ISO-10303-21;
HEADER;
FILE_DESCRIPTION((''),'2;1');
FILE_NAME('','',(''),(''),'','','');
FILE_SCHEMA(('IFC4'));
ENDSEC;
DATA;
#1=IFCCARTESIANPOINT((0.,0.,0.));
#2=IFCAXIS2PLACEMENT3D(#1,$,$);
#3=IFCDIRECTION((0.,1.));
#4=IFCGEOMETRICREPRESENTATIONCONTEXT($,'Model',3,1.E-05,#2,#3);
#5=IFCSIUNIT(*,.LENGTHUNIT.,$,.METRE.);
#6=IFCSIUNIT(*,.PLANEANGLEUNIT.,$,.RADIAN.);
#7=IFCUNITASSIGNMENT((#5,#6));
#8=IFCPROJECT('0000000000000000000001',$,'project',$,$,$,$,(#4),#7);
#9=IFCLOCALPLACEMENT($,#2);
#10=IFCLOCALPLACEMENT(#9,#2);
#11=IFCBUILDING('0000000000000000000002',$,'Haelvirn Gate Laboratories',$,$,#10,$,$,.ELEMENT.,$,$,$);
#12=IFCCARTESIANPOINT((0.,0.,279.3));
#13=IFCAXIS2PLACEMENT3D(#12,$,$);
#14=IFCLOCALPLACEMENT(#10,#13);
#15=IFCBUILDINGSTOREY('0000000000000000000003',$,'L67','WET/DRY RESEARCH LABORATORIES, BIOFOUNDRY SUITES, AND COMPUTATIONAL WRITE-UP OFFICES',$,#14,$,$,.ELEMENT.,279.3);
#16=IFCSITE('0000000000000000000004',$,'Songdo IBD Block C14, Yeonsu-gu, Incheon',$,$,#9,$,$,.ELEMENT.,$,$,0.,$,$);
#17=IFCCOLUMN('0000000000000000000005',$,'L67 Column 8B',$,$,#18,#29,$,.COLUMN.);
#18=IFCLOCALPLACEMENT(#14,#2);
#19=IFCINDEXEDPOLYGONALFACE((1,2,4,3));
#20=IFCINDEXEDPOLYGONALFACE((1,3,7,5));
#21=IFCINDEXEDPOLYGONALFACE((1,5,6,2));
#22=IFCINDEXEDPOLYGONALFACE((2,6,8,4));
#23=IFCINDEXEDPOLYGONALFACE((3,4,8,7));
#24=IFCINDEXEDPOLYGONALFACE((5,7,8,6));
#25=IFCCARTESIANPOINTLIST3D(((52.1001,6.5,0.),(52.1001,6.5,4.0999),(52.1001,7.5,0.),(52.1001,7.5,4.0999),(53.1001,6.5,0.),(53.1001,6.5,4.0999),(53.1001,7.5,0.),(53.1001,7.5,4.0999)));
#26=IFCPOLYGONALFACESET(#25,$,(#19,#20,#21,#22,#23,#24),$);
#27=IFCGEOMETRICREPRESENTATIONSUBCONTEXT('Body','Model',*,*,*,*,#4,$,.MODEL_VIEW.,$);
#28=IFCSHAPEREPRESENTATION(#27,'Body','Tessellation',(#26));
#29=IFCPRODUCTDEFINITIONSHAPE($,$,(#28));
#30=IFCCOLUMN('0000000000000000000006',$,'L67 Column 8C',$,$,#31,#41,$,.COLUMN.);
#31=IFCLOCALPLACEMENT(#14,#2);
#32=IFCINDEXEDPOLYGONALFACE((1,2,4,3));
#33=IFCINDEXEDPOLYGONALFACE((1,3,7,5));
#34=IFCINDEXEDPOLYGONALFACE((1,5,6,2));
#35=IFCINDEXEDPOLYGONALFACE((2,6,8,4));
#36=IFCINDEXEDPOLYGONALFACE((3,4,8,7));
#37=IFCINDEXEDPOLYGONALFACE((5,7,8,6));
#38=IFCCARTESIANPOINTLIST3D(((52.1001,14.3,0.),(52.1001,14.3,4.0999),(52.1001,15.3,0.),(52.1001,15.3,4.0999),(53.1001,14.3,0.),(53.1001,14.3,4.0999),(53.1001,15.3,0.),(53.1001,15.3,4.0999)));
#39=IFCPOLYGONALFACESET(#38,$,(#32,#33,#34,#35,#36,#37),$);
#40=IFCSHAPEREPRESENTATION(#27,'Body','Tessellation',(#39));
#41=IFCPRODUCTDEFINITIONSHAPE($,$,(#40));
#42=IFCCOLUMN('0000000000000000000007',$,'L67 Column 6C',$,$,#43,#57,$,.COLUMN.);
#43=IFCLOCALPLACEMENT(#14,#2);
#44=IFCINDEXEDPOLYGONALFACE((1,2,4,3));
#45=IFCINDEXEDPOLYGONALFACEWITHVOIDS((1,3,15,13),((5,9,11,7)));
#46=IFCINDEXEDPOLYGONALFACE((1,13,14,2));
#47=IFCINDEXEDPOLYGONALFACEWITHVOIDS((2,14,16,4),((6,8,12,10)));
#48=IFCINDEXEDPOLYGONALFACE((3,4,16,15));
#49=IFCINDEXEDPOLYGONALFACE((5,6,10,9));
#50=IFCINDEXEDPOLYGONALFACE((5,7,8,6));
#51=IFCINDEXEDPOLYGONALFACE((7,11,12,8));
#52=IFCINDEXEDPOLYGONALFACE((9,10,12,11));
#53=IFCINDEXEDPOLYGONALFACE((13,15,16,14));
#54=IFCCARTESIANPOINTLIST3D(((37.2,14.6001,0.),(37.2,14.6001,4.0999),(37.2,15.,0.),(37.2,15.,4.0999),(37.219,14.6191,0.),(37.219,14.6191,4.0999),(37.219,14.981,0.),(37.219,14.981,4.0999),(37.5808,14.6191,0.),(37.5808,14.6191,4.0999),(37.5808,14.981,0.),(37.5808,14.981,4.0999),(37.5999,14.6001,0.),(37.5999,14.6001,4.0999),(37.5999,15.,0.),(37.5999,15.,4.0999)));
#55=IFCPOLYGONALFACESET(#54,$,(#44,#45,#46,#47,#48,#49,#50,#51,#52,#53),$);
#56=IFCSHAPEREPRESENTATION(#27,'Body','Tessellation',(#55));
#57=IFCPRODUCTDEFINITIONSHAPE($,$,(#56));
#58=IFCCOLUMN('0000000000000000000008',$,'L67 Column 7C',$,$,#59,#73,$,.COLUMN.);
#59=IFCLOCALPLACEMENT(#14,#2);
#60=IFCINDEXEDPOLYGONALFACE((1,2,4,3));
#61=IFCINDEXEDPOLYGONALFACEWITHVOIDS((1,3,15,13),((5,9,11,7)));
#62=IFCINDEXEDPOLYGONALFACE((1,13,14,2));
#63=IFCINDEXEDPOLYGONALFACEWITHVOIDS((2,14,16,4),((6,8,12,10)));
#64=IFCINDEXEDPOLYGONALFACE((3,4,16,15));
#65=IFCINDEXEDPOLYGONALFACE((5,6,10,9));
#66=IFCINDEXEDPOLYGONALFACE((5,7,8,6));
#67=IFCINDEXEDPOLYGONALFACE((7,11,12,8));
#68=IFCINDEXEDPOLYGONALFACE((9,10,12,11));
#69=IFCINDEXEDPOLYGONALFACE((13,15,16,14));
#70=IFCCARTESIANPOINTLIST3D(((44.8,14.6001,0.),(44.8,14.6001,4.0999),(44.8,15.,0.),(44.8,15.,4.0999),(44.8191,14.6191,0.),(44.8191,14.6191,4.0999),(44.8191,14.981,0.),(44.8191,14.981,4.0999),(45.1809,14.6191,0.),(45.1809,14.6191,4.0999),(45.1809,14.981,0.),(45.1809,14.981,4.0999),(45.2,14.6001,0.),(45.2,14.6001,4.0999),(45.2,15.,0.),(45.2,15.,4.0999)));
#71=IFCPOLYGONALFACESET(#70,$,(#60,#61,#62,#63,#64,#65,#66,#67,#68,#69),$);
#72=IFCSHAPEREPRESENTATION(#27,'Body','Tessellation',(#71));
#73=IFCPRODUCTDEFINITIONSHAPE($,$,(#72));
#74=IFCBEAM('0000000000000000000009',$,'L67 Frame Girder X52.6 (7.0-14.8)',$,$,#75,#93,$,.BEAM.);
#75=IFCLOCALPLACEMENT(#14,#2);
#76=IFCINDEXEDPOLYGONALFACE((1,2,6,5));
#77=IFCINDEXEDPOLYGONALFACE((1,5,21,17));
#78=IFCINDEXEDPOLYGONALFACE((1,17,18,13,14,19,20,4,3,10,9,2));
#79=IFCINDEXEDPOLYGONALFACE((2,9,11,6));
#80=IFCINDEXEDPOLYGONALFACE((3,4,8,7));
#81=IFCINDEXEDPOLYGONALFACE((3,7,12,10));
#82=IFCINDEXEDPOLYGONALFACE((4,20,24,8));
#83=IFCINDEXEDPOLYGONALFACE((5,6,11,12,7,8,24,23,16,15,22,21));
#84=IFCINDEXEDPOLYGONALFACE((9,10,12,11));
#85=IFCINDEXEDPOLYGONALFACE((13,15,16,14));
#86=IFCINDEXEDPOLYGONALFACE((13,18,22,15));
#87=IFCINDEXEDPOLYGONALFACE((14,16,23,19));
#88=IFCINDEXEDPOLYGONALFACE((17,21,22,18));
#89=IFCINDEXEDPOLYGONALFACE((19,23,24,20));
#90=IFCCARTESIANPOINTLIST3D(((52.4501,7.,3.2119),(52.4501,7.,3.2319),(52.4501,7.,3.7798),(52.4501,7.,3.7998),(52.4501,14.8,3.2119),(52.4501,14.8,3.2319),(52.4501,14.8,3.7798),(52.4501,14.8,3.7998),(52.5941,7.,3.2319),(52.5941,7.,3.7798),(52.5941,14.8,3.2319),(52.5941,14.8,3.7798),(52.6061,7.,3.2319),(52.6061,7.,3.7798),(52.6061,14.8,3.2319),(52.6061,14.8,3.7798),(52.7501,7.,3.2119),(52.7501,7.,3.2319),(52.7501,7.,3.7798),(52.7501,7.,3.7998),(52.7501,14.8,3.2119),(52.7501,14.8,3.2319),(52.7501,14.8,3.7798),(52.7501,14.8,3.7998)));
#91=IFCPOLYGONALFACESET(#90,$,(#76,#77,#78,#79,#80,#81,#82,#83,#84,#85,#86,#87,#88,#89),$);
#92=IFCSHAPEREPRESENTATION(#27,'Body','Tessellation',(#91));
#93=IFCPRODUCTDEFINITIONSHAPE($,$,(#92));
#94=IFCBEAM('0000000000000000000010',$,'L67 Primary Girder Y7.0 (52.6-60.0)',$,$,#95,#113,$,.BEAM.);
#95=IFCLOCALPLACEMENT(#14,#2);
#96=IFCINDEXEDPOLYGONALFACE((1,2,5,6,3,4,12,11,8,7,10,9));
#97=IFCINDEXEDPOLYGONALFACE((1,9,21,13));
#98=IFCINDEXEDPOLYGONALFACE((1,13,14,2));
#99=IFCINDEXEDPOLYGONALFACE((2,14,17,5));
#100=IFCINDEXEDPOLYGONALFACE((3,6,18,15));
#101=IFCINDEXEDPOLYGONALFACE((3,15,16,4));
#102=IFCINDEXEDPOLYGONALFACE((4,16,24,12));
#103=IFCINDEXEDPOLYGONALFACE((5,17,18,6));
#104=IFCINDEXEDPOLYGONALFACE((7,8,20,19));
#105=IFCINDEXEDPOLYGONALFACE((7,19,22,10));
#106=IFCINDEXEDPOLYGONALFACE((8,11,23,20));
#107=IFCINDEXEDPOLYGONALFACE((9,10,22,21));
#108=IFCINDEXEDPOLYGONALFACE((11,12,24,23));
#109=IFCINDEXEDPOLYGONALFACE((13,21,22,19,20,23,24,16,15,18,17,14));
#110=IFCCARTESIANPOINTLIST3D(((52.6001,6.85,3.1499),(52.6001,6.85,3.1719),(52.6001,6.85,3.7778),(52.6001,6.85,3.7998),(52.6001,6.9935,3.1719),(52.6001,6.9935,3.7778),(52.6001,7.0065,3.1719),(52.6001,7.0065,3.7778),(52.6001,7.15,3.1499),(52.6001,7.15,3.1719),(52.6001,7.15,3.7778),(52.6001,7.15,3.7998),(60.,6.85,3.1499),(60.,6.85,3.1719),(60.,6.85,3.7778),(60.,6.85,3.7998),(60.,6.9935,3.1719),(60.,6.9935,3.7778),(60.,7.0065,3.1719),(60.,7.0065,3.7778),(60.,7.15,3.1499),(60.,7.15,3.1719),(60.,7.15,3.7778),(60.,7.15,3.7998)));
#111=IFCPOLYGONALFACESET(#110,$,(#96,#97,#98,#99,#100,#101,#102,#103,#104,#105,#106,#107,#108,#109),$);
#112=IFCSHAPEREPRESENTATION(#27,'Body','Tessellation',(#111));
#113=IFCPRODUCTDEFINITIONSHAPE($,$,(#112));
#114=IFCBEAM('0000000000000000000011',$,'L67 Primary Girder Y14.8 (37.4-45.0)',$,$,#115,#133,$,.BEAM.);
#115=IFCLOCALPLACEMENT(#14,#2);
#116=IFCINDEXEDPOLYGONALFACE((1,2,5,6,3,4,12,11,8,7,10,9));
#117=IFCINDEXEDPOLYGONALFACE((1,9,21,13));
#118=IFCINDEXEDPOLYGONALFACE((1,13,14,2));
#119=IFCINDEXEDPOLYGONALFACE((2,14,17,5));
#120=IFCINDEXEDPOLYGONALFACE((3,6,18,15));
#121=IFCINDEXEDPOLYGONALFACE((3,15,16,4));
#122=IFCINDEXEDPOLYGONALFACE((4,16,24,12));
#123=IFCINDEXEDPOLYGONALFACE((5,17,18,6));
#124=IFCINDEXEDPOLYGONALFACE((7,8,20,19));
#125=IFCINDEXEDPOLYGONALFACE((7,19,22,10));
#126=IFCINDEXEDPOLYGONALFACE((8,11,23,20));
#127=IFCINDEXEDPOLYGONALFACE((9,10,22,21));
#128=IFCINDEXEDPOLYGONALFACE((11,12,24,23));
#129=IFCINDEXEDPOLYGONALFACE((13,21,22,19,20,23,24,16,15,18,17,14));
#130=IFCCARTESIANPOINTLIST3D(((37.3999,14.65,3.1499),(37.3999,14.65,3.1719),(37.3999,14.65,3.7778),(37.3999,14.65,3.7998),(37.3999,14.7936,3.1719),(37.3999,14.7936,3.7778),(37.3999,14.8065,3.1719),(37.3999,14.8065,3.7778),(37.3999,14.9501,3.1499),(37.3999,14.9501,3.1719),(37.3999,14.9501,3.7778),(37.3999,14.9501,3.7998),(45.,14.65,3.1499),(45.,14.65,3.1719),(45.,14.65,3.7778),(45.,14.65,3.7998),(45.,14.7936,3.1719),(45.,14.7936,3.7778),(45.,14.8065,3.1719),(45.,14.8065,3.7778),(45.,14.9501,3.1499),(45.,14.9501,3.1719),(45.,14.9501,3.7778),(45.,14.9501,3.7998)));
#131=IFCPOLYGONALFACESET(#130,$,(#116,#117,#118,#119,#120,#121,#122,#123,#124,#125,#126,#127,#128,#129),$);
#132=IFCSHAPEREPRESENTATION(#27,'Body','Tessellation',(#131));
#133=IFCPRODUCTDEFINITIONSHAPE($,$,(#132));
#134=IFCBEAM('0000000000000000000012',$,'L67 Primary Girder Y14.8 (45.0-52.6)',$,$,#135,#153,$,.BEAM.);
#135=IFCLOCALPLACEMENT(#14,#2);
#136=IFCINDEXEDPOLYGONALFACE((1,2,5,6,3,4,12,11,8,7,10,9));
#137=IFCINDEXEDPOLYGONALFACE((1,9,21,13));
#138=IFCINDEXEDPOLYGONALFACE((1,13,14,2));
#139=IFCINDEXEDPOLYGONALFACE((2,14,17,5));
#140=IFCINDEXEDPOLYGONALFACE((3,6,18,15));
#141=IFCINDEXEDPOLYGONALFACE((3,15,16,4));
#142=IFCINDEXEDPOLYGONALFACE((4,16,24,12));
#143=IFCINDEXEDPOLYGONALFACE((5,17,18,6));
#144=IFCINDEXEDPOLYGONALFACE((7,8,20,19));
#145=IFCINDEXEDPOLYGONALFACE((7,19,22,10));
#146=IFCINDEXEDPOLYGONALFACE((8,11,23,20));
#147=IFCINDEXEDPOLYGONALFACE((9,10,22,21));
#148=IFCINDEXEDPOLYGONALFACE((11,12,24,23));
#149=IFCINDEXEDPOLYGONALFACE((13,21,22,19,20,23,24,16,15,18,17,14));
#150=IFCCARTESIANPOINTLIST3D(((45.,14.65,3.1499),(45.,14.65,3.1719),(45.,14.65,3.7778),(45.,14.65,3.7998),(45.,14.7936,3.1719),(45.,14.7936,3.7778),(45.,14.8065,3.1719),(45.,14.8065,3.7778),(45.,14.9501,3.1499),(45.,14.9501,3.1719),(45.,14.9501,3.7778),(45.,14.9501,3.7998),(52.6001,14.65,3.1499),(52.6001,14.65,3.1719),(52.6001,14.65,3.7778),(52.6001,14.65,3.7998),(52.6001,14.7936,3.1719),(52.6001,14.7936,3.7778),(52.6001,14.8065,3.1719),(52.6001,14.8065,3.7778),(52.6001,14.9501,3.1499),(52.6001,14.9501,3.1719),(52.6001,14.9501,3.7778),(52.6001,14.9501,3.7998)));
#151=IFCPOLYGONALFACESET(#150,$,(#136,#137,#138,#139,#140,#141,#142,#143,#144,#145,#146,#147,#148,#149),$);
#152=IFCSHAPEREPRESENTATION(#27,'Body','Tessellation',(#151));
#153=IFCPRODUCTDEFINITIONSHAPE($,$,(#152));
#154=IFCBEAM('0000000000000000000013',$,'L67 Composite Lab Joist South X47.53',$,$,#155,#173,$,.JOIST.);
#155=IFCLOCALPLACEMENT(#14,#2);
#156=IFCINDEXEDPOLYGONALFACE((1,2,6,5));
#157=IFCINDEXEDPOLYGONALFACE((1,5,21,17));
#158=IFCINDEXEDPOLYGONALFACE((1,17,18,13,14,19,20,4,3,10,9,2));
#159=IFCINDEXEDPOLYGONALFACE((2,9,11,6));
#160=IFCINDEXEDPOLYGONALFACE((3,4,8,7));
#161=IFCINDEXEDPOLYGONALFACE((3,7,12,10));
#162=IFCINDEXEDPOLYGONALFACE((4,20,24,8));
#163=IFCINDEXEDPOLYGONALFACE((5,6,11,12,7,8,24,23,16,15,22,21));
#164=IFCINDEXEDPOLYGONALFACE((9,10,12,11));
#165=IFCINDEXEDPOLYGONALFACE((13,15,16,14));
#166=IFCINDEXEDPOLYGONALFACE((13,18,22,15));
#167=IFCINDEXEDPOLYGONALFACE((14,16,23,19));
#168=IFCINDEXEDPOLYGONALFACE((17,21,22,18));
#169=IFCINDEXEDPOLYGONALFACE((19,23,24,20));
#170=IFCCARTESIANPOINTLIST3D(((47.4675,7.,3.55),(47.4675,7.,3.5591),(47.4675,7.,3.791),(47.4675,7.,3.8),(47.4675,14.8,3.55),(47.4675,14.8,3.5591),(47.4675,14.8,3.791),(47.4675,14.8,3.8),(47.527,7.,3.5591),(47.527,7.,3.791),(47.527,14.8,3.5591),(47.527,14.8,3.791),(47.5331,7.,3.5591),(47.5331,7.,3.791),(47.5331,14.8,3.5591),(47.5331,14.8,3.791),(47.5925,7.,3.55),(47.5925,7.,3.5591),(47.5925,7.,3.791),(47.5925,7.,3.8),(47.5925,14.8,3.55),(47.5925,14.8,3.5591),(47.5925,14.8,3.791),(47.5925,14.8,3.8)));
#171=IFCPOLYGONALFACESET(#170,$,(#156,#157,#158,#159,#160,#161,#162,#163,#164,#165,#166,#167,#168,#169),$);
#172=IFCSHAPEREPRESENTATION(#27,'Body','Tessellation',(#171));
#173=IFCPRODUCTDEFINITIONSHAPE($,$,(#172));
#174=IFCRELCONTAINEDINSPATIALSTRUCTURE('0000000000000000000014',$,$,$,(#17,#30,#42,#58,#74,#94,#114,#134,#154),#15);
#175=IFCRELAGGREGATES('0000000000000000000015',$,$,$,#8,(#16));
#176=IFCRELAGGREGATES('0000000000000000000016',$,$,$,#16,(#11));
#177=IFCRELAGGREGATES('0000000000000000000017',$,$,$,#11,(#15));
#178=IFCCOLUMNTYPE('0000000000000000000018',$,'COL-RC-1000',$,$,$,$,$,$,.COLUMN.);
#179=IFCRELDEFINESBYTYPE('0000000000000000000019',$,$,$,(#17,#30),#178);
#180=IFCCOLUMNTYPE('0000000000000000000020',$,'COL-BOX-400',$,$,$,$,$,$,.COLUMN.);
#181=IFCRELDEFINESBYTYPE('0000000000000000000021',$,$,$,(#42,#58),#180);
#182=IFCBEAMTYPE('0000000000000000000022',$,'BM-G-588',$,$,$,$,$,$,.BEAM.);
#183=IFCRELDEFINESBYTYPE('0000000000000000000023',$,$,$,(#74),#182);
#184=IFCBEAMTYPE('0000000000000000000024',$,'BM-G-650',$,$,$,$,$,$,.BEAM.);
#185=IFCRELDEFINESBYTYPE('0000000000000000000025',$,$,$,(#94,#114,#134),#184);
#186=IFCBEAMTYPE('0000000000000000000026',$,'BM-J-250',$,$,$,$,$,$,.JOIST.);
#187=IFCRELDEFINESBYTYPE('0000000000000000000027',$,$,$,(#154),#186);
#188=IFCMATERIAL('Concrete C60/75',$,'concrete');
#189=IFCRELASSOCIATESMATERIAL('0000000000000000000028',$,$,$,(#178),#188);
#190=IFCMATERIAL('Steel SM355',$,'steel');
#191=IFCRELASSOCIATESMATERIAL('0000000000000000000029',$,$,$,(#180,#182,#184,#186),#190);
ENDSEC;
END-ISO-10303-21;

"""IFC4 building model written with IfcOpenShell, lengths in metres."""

from ifc_helpers import new_model, si_unit, direction, frame, origin, origin_2d, place, context, subcontext, project, spatial, rectangle, hollow_rectangle, i_section, extrude, source, transform, mapped, material, material_profile, profile_set, type_object, type_shapes, element, save


model = new_model("IFC4")

# Units and contexts
model_context = context("Model", 3, precision=1e-05, world=origin(), true_north=direction((0.0, 1.0)))
body_context = subcontext(model_context, "Body", "Model", "MODEL_VIEW")
ifc_project = project(units=[si_unit("LENGTHUNIT", "METRE"), si_unit("PLANEANGLEUNIT", "RADIAN")], contexts=[model_context])

# Site, building, storey
site_placement = place(None, origin())
site = spatial("IfcSite", under=ifc_project, at=site_placement, Name="Songdo IBD Block C14, Yeonsu-gu, Incheon", CompositionType="ELEMENT", RefElevation=0.0)
building_placement = place(site_placement, origin())
building = spatial("IfcBuilding", under=site, at=building_placement, Name="Haelvirn Gate Laboratories", CompositionType="ELEMENT")
storey_placement = place(building_placement, frame((0.0, 0.0, 279.3)))
storey = spatial("IfcBuildingStorey", under=building, at=storey_placement, Name="L67", Description="WET/DRY RESEARCH LABORATORIES, BIOFOUNDRY SUITES, AND COMPUTATIONAL WRITE-UP OFFICES", CompositionType="ELEMENT", Elevation=279.3)

# Columns
ifc_material_1 = material(Name="Concrete C60/75", Category="concrete")
ifc_material_profile_1 = material_profile(ifc_material_1, rectangle(XDim=1.0, YDim=1.0, at=origin_2d()), Name="RC-1000x1000")
ifc_profile_set_1 = profile_set([ifc_material_profile_1], Name="Concrete C60/75")
column_type_1 = type_object("IfcColumnType", Name="COL-RC-1000", PredefinedType="COLUMN", material=ifc_profile_set_1)
shared_shape_1 = source(origin(), body_context, "Body", "SweptSolid", [
    extrude(rectangle(XDim=1.0, YDim=1.0, at=origin_2d()), origin(), (0.0, 0.0, 1.0), 4.0999),
])
type_shapes(column_type_1, [shared_shape_1])
for number, where, z_axis, x_axis, name in (
    (1, (52.6001, 7.0, 0.0), (0.0, 0.0, 1.0), (1.0, 0.0, 0.0), "L67 Column 8B"),
    (2, (52.6001, 14.8, 0.0), (0.0, 0.0, 1.0), (1.0, 0.0, 0.0), "L67 Column 8C"),
):
    element("IfcColumn", number, at=place(storey_placement, frame(where, z_axis=z_axis, x_axis=x_axis)), inside=storey, type_object=column_type_1, Name=name, PredefinedType="COLUMN", context=body_context, shape_type="MappedRepresentation", body=[
        mapped(shared_shape_1, transform((0.0, 0.0, 0.0), scale=1.0)),
    ])
ifc_material_2 = material(Name="Steel SM355", Category="steel")
ifc_material_profile_2 = material_profile(ifc_material_2, hollow_rectangle(XDim=0.3999, YDim=0.3999, WallThickness=0.019, at=origin_2d()), Name="BOX-400x400x19")
ifc_profile_set_2 = profile_set([ifc_material_profile_2], Name="Steel SM355")
column_type_2 = type_object("IfcColumnType", Name="COL-BOX-400", PredefinedType="COLUMN", material=ifc_profile_set_2)
shared_shape_2 = source(origin(), body_context, "Body", "SweptSolid", [
    extrude(hollow_rectangle(XDim=0.3999, YDim=0.3999, WallThickness=0.019, at=origin_2d()), origin(), (0.0, 0.0, 1.0), 4.0999),
])
type_shapes(column_type_2, [shared_shape_2])
for number, where, z_axis, x_axis, name in (
    (3, (37.3999, 14.8, 0.0), (0.0, 0.0, 1.0), (1.0, 0.0, 0.0), "L67 Column 6C"),
    (4, (45.0, 14.8, 0.0), (0.0, 0.0, 1.0), (1.0, 0.0, 0.0), "L67 Column 7C"),
):
    element("IfcColumn", number, at=place(storey_placement, frame(where, z_axis=z_axis, x_axis=x_axis)), inside=storey, type_object=column_type_2, Name=name, PredefinedType="COLUMN", context=body_context, shape_type="MappedRepresentation", body=[
        mapped(shared_shape_2, transform((0.0, 0.0, 0.0), scale=1.0)),
    ])

# Beams
ifc_material_profile_3 = material_profile(ifc_material_2, i_section(OverallWidth=0.3, OverallDepth=0.5879, WebThickness=0.012, FlangeThickness=0.02, at=origin_2d()), Name="H-588x300x12x20")
ifc_profile_set_3 = profile_set([ifc_material_profile_3], Name="Steel SM355")
beam_type_1 = type_object("IfcBeamType", Name="BM-G-588", PredefinedType="BEAM", material=ifc_profile_set_3)
shared_shape_3 = source(origin(), body_context, "Body", "SweptSolid", [
    extrude(i_section(OverallWidth=0.3, OverallDepth=0.5879, WebThickness=0.012, FlangeThickness=0.02, at=origin_2d()), origin(), (0.0, 0.0, 1.0), 7.8),
])
type_shapes(beam_type_1, [shared_shape_3])
beam_1_placement = place(storey_placement, frame((52.6001, 7.0, 3.5059), z_axis=(0.0, 1.0, 0.0), x_axis=(-1.0, 0.0, 0.0)))
element("IfcBeam", 5, at=beam_1_placement, inside=storey, type_object=beam_type_1, Name="L67 Frame Girder X52.6 (7.0-14.8)", PredefinedType="BEAM", context=body_context, shape_type="MappedRepresentation", body=[
    mapped(shared_shape_3, transform((0.0, 0.0, 0.0), scale=1.0)),
])
ifc_material_profile_4 = material_profile(ifc_material_2, i_section(OverallWidth=0.3, OverallDepth=0.6499, WebThickness=0.0129, FlangeThickness=0.022, at=origin_2d()), Name="H-650x300x13x22")
ifc_profile_set_4 = profile_set([ifc_material_profile_4], Name="Steel SM355")
beam_type_2 = type_object("IfcBeamType", Name="BM-G-650", PredefinedType="BEAM", material=ifc_profile_set_4)
shared_shape_4 = source(origin(), body_context, "Body", "SweptSolid", [
    extrude(i_section(OverallWidth=0.3, OverallDepth=0.6499, WebThickness=0.0129, FlangeThickness=0.022, at=origin_2d()), origin(), (0.0, 0.0, 1.0), 7.3999),
])
beam_2_placement = place(storey_placement, frame((52.6001, 7.0, 3.4749), z_axis=(1.0, 0.0, 0.0), x_axis=(0.0, 1.0, 0.0)))
element("IfcBeam", 6, at=beam_2_placement, inside=storey, type_object=beam_type_2, Name="L67 Primary Girder Y7.0 (52.6-60.0)", PredefinedType="BEAM", context=body_context, shape_type="MappedRepresentation", body=[
    mapped(shared_shape_4, transform((0.0, 0.0, 0.0), scale=1.0)),
])
shared_shape_5 = source(origin(), body_context, "Body", "SweptSolid", [
    extrude(i_section(OverallWidth=0.3, OverallDepth=0.6499, WebThickness=0.0129, FlangeThickness=0.022, at=origin_2d()), origin(), (0.0, 0.0, 1.0), 7.6001),
])
type_shapes(beam_type_2, [shared_shape_4, shared_shape_5])
for number, where, z_axis, x_axis, name in (
    (7, (37.3999, 14.8, 3.4749), (1.0, 0.0, 0.0), (0.0, 1.0, 0.0), "L67 Primary Girder Y14.8 (37.4-45.0)"),
    (8, (45.0, 14.8, 3.4749), (1.0, 0.0, 0.0), (0.0, 1.0, 0.0), "L67 Primary Girder Y14.8 (45.0-52.6)"),
):
    element("IfcBeam", number, at=place(storey_placement, frame(where, z_axis=z_axis, x_axis=x_axis)), inside=storey, type_object=beam_type_2, Name=name, PredefinedType="BEAM", context=body_context, shape_type="MappedRepresentation", body=[
        mapped(shared_shape_5, transform((0.0, 0.0, 0.0), scale=1.0)),
    ])
ifc_material_profile_5 = material_profile(ifc_material_2, i_section(OverallWidth=0.125, OverallDepth=0.25, WebThickness=0.0061, FlangeThickness=0.009, at=origin_2d()), Name="H-250x125x6x9")
ifc_profile_set_5 = profile_set([ifc_material_profile_5], Name="Steel SM355")
beam_type_3 = type_object("IfcBeamType", Name="BM-J-250", PredefinedType="JOIST", material=ifc_profile_set_5)
shared_shape_6 = source(origin(), body_context, "Body", "SweptSolid", [
    extrude(i_section(OverallWidth=0.125, OverallDepth=0.25, WebThickness=0.0061, FlangeThickness=0.009, at=origin_2d()), origin(), (0.0, 0.0, 1.0), 7.8),
])
type_shapes(beam_type_3, [shared_shape_6])
for number, where, z_axis, x_axis, name in (
    (9, (47.53, 7.0, 3.675), (0.0, 1.0, 0.0), (-1.0, 0.0, 0.0), "L67 Composite Lab Joist South X47.53"),
):
    element("IfcBeam", number, at=place(storey_placement, frame(where, z_axis=z_axis, x_axis=x_axis)), inside=storey, type_object=beam_type_3, Name=name, PredefinedType="JOIST", context=body_context, shape_type="MappedRepresentation", body=[
        mapped(shared_shape_6, transform((0.0, 0.0, 0.0), scale=1.0)),
    ])

save(model, "model.ifc")
